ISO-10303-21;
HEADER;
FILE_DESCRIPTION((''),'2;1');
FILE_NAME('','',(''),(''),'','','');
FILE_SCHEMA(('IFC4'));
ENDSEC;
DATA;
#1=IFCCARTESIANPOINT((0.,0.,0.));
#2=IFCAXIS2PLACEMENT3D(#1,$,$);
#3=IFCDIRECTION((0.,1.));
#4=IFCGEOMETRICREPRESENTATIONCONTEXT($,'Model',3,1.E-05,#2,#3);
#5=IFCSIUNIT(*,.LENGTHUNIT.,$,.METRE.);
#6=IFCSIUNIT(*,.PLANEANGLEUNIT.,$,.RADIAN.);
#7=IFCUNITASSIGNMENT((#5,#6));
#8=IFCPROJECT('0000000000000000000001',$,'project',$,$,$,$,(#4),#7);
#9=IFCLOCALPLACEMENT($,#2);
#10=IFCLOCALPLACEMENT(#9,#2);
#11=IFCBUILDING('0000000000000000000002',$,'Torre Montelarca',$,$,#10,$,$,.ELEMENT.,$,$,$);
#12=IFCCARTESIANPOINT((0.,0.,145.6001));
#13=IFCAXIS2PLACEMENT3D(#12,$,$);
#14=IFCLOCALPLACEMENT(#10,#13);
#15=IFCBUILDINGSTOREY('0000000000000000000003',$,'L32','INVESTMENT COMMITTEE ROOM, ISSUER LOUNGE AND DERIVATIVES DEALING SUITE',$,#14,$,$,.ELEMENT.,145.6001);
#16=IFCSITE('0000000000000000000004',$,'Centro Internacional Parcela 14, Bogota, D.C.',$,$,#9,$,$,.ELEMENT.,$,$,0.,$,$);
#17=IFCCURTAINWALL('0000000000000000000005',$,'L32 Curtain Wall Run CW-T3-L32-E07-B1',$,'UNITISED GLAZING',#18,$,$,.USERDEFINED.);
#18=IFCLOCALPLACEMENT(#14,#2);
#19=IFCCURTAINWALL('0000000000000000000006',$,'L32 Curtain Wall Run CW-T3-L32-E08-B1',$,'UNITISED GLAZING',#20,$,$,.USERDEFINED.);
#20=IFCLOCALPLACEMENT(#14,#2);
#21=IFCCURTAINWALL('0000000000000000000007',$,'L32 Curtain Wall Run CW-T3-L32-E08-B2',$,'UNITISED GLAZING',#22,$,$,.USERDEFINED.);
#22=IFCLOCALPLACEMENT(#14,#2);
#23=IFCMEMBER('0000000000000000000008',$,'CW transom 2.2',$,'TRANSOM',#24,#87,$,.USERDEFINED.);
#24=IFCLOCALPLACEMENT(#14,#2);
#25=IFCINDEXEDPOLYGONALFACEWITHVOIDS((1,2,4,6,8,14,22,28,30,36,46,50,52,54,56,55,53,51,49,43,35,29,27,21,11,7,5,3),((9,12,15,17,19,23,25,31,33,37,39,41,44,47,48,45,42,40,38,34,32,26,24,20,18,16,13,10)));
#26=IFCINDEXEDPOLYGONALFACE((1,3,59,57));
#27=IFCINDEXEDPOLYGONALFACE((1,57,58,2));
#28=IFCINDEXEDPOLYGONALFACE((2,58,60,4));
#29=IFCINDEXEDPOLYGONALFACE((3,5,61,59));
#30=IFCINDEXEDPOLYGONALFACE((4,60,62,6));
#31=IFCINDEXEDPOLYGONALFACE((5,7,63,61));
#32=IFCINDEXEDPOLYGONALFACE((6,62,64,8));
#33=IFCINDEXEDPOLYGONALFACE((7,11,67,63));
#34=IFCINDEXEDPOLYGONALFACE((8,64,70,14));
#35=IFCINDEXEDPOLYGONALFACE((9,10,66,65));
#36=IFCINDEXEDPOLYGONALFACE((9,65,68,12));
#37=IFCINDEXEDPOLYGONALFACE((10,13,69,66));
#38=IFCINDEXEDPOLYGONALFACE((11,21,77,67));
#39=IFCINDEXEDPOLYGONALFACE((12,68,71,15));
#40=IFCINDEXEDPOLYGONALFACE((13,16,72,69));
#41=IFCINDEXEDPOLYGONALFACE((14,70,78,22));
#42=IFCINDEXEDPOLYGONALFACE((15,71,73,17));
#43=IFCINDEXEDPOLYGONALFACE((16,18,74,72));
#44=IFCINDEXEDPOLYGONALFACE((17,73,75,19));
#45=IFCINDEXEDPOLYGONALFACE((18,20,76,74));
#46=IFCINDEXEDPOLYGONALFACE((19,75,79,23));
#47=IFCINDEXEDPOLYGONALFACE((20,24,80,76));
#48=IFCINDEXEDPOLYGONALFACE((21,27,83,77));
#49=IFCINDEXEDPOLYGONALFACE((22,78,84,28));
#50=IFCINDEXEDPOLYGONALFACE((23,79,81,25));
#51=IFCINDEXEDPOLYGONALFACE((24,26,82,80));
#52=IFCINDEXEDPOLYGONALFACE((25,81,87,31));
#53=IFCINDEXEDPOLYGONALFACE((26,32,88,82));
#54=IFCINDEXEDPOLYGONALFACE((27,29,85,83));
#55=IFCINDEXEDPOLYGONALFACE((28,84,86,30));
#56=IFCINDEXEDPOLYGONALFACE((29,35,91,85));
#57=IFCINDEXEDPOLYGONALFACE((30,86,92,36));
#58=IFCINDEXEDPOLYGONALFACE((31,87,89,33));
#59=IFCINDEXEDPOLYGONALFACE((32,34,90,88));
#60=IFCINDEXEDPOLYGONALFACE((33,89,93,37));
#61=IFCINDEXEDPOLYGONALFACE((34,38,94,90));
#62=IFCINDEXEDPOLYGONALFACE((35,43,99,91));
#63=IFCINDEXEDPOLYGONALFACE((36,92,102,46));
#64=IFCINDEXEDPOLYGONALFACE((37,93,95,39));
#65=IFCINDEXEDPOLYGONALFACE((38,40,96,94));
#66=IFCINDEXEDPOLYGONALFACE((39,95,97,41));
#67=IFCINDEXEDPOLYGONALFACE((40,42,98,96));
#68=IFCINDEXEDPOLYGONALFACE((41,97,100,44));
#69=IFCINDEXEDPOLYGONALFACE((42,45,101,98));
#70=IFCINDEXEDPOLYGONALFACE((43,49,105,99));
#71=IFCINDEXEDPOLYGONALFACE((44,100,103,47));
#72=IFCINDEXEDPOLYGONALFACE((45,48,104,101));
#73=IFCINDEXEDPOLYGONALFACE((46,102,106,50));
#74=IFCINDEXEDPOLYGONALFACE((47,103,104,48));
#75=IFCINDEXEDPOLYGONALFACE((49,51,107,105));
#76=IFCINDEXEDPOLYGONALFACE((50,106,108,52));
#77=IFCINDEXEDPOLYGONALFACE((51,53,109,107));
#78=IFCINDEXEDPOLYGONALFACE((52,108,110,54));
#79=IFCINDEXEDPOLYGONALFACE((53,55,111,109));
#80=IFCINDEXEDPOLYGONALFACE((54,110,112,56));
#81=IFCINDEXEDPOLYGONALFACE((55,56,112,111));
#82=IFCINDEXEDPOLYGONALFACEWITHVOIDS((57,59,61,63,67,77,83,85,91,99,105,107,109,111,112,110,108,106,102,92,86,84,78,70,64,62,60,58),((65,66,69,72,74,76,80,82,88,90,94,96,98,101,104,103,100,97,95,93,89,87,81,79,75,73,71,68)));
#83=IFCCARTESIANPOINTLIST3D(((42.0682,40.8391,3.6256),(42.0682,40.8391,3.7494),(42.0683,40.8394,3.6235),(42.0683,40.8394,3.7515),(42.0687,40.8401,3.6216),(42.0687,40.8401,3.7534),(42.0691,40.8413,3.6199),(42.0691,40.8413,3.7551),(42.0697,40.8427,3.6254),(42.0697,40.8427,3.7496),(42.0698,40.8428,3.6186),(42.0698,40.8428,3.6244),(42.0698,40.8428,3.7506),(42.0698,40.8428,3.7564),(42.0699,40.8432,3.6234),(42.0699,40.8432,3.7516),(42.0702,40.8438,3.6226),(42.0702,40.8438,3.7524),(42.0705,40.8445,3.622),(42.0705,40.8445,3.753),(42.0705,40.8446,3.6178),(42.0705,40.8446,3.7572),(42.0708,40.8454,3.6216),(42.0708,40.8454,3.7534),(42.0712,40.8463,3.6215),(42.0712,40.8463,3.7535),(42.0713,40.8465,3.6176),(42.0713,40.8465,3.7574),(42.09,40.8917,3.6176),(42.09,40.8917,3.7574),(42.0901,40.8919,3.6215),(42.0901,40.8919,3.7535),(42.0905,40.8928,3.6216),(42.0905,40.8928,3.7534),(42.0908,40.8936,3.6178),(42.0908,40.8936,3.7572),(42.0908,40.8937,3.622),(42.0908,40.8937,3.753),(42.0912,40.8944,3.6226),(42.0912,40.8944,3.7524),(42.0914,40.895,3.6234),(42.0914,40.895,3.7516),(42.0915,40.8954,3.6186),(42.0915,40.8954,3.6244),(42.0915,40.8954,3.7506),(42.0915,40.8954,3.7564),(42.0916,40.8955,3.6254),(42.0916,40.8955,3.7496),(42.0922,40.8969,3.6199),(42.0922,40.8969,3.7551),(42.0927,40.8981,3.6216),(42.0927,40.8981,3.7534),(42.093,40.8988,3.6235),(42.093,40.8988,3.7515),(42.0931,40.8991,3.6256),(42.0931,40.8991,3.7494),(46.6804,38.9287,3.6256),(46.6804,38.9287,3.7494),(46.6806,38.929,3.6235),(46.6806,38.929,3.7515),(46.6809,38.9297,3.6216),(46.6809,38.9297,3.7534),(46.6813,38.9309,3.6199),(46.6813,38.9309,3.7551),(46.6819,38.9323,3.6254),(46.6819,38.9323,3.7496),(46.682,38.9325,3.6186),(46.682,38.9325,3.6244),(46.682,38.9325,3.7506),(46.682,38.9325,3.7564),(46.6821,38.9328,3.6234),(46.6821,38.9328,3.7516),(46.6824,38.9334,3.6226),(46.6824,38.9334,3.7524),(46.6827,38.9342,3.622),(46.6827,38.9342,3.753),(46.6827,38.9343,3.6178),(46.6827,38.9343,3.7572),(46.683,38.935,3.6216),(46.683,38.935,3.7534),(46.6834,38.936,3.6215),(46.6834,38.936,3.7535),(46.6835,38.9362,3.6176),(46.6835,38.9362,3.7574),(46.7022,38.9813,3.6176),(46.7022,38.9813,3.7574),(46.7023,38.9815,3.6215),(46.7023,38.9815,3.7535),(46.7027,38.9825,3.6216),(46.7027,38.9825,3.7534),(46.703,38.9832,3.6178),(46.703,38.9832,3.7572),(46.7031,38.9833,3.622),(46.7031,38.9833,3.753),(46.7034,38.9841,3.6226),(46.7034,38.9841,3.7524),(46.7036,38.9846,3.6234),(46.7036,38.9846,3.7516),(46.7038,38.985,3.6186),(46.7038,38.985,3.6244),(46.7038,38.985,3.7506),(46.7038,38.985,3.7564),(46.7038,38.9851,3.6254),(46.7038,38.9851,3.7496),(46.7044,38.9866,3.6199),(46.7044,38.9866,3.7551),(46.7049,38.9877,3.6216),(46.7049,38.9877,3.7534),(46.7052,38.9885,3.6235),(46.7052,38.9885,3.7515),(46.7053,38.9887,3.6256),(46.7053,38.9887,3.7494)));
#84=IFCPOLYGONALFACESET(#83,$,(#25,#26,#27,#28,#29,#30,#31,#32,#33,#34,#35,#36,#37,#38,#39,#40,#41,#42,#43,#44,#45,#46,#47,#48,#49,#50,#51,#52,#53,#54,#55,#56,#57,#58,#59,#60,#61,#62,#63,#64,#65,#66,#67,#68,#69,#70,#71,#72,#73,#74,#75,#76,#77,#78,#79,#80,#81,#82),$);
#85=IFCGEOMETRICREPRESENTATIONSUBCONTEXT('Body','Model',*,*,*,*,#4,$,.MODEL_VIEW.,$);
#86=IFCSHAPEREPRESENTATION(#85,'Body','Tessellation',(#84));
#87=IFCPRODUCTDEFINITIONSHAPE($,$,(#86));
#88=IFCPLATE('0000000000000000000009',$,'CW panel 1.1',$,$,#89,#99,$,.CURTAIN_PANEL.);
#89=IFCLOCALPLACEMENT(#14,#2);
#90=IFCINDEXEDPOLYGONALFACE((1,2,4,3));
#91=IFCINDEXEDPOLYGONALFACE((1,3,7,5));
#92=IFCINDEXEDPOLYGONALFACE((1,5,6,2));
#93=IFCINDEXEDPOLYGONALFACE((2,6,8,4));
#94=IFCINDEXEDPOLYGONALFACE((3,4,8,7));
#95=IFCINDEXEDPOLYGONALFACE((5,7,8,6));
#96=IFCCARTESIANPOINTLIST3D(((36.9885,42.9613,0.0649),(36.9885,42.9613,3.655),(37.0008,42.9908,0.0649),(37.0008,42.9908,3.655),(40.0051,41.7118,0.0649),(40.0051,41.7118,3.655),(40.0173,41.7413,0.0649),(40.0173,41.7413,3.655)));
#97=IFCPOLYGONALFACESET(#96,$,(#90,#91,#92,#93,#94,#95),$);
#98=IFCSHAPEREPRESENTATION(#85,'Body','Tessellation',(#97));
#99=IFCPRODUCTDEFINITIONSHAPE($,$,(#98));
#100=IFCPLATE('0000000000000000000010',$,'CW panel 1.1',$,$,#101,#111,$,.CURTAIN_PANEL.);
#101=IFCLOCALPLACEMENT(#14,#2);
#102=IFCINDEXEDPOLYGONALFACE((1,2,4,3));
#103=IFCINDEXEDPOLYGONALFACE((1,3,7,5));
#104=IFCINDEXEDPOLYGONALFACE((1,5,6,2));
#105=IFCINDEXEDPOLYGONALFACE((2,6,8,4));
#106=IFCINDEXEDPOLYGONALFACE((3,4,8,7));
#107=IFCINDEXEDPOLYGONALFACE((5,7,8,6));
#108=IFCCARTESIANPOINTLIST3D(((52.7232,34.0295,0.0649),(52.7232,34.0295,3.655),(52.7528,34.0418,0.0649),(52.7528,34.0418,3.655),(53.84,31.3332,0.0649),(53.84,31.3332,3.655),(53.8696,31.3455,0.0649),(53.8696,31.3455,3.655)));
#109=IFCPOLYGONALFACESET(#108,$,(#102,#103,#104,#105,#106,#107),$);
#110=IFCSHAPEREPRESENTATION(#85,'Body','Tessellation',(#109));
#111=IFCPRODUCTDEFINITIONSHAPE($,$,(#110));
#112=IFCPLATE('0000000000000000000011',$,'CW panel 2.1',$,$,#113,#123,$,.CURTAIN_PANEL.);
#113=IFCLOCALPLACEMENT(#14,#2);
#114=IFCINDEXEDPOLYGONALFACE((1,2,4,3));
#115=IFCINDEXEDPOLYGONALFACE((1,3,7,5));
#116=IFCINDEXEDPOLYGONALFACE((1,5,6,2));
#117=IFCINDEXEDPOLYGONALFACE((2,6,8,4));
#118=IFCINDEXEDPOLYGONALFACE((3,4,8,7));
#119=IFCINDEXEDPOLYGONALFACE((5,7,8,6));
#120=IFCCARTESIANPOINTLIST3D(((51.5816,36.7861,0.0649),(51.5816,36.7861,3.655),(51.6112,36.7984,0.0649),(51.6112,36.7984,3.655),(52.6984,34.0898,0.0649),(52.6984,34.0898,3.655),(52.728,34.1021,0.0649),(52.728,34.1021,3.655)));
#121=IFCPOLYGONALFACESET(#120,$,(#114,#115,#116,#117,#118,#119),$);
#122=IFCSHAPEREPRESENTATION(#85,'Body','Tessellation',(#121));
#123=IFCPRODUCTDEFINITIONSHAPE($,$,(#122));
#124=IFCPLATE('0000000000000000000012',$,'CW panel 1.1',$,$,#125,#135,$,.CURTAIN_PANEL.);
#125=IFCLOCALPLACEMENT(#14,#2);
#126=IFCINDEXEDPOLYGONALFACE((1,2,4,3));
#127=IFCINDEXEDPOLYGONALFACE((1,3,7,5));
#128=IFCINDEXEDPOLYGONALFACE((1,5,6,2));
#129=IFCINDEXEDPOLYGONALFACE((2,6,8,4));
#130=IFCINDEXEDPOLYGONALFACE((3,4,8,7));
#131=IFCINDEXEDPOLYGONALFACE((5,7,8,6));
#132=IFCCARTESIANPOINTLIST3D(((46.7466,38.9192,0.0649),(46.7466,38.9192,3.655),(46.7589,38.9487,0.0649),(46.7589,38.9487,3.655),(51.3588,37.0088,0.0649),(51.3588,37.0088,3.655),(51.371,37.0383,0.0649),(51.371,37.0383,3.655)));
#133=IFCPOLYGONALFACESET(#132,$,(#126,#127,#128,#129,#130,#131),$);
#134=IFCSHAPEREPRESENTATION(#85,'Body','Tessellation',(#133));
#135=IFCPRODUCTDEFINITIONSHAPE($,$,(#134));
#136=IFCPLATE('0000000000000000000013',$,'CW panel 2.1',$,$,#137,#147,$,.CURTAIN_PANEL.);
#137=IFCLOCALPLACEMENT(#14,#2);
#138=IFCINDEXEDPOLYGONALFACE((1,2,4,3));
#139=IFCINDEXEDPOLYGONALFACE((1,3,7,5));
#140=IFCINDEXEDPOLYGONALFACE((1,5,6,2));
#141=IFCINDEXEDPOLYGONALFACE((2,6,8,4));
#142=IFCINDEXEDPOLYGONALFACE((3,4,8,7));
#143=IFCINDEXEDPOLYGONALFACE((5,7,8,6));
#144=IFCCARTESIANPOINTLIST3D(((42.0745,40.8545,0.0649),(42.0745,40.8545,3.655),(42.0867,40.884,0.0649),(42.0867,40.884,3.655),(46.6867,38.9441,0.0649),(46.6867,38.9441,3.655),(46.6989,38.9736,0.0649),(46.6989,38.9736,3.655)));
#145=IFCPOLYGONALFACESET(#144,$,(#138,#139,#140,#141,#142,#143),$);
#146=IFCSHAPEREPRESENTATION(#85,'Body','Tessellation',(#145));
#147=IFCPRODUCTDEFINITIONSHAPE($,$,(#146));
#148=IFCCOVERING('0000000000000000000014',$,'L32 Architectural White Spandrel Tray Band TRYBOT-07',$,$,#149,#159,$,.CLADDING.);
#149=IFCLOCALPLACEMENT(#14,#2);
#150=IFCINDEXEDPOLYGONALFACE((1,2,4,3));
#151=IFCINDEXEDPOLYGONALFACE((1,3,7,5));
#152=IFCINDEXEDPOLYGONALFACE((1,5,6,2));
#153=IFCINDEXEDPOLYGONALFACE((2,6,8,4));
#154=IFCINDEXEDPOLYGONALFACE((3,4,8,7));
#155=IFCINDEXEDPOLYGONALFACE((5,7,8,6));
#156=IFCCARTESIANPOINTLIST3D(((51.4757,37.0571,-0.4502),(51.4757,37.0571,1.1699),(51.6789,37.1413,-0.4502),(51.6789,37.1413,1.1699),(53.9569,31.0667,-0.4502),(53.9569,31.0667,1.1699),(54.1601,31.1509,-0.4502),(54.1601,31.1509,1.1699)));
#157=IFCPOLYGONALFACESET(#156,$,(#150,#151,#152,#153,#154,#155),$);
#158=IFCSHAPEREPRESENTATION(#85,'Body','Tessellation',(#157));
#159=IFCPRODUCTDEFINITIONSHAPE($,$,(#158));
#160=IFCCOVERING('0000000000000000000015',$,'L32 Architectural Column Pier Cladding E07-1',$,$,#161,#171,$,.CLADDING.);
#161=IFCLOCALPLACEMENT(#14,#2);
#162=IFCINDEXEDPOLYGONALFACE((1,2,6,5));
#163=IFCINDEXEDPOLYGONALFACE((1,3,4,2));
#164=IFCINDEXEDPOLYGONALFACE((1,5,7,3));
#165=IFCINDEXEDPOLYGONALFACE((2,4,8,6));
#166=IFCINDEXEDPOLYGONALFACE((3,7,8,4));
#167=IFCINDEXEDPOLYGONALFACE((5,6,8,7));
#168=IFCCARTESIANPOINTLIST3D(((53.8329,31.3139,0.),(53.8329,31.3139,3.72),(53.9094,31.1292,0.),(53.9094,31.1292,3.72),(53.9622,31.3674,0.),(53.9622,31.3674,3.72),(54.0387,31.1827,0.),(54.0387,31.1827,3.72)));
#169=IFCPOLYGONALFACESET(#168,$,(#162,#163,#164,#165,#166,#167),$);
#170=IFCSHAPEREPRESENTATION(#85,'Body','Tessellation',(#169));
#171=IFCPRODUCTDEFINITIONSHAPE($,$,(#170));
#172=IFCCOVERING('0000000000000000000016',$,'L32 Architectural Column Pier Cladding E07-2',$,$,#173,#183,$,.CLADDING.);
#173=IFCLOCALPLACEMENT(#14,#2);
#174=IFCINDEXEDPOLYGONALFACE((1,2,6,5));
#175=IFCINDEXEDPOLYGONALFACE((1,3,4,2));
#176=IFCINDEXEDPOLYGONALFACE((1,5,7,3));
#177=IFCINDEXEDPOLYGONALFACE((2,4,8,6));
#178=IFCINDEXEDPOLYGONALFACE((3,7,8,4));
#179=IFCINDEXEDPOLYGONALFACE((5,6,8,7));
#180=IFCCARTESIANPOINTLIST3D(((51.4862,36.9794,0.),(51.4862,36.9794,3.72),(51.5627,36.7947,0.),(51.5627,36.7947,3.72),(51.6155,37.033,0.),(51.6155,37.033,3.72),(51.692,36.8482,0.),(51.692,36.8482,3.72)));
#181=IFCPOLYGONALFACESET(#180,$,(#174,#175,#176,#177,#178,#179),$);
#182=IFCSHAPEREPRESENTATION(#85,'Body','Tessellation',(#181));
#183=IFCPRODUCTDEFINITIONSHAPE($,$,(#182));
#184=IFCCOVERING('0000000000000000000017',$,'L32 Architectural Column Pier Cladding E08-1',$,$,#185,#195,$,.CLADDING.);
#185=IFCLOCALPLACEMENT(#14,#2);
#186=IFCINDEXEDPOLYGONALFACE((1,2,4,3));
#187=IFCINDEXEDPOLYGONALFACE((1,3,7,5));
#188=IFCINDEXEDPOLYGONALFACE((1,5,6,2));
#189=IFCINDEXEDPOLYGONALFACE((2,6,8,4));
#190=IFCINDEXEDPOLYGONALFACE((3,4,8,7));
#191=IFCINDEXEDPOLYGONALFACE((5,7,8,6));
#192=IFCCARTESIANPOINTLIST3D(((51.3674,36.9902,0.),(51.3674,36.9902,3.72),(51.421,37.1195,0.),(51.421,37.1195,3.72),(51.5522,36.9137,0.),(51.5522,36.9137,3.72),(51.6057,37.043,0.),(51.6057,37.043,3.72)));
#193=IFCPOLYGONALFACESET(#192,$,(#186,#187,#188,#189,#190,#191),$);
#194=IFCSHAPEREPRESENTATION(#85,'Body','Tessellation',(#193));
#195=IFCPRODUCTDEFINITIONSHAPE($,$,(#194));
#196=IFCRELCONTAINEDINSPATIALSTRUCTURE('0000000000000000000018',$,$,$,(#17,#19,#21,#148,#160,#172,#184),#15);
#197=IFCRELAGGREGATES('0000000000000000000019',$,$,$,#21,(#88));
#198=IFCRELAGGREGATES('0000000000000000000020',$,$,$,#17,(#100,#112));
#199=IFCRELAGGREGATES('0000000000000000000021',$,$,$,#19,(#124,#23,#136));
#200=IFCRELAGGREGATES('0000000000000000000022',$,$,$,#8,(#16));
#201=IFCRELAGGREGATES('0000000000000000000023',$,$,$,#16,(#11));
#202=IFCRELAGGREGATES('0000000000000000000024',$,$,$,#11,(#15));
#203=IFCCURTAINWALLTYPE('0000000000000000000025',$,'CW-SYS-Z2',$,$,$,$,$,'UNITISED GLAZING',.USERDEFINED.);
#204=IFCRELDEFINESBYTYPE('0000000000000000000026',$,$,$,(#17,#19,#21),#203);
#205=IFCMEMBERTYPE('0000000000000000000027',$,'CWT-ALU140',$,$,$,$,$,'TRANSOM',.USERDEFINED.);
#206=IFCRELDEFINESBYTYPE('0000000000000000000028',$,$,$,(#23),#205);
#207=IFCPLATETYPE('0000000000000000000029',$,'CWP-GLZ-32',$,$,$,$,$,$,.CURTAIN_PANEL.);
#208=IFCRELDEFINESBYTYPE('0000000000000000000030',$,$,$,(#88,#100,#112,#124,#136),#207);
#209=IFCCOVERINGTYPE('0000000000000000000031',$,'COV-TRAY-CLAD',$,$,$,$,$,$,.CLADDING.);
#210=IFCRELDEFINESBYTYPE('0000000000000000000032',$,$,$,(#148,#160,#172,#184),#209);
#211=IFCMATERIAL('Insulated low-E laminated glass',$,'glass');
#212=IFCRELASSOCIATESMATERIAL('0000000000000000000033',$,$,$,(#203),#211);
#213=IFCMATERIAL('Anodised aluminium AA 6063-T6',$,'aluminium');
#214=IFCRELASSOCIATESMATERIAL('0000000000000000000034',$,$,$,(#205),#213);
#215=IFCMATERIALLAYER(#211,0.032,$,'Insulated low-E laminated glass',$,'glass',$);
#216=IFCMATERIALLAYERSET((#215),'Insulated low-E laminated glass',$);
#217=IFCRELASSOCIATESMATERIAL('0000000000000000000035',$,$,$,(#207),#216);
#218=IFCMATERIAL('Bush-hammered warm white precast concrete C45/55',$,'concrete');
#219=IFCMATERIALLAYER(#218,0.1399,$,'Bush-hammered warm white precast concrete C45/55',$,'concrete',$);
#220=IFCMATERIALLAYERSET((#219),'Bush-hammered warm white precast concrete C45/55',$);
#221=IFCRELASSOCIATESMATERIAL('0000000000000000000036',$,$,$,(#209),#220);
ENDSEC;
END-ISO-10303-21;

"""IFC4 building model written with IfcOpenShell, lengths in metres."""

from ifc_helpers import new_model, si_unit, direction, frame, origin, origin_2d, place, context, subcontext, project, spatial, rectangle, hollow_rectangle, extrude, source, transform, mapped, material, layer, layer_set, material_profile, profile_set, type_object, element, aggregate, save


model = new_model("IFC4")

# Units and contexts
model_context = context("Model", 3, precision=1e-05, world=origin(), true_north=direction((0.0, 1.0)))
body_context = subcontext(model_context, "Body", "Model", "MODEL_VIEW")
ifc_project = project(units=[si_unit("LENGTHUNIT", "METRE"), si_unit("PLANEANGLEUNIT", "RADIAN")], contexts=[model_context])

# Site, building, storey
site_placement = place(None, origin())
site = spatial("IfcSite", under=ifc_project, at=site_placement, Name="Centro Internacional Parcela 14, Bogota, D.C.", CompositionType="ELEMENT", RefElevation=0.0)
building_placement = place(site_placement, origin())
building = spatial("IfcBuilding", under=site, at=building_placement, Name="Torre Montelarca", CompositionType="ELEMENT")
storey_placement = place(building_placement, frame((0.0, 0.0, 145.6001)))
storey = spatial("IfcBuildingStorey", under=building, at=storey_placement, Name="L32", Description="INVESTMENT COMMITTEE ROOM, ISSUER LOUNGE AND DERIVATIVES DEALING SUITE", CompositionType="ELEMENT", Elevation=145.6001)

# Curtain walls
ifc_material_1 = material(Name="Insulated low-E laminated glass", Category="glass")
curtain_wall_type = type_object("IfcCurtainWallType", Name="CW-SYS-Z2", ElementType="UNITISED GLAZING", PredefinedType="USERDEFINED", material=ifc_material_1)
curtain_wall_1_placement = place(storey_placement, origin())
curtain_wall_1 = element("IfcCurtainWall", 1, at=curtain_wall_1_placement, inside=storey, type_object=curtain_wall_type, Name="L32 Curtain Wall Run CW-T3-L32-E07-B1", ObjectType="UNITISED GLAZING", PredefinedType="USERDEFINED")
ifc_material_2 = material(Name="Anodised aluminium AA 6063-T6", Category="aluminium")
ifc_material_profile_1 = material_profile(ifc_material_2, hollow_rectangle(XDim=0.0649, YDim=0.1399, WallThickness=0.0039, InnerFilletRadius=0.0039, OuterFilletRadius=0.0081, at=origin_2d()), Name="ALU65X140X4", Category="aluminium")
ifc_profile_set_1 = profile_set([ifc_material_profile_1], Name="Anodised aluminium AA 6063-T6")
member_type_1 = type_object("IfcMemberType", Name="CWT-ALU140", ElementType="TRANSOM", PredefinedType="USERDEFINED", material=ifc_profile_set_1)
curtain_wall_2_placement = place(storey_placement, origin())
curtain_wall_2 = element("IfcCurtainWall", 2, at=curtain_wall_2_placement, inside=storey, type_object=curtain_wall_type, Name="L32 Curtain Wall Run CW-T3-L32-E08-B1", ObjectType="UNITISED GLAZING", PredefinedType="USERDEFINED")

# Curtain wall
curtain_wall_3_placement = place(storey_placement, origin())
curtain_wall_3 = element("IfcCurtainWall", 3, at=curtain_wall_3_placement, inside=storey, type_object=curtain_wall_type, Name="L32 Curtain Wall Run CW-T3-L32-E08-B2", ObjectType="UNITISED GLAZING", PredefinedType="USERDEFINED")

# Member
shared_shape_1 = source(origin(), body_context, "Body", "SweptSolid", [
    extrude(hollow_rectangle(XDim=0.0649, YDim=0.1399, WallThickness=0.0039, InnerFilletRadius=0.0039, OuterFilletRadius=0.0081, at=origin_2d()), origin(), (0.0, 0.0, 1.0), 4.9922),
])
member_1_placement = place(storey_placement, frame((46.6929, 38.9587, 3.6875), z_axis=(-0.923885, 0.38267, 0.0), x_axis=(-0.38267, -0.923885, 0.0)))
member_1 = element("IfcMember", 4, at=member_1_placement, type_object=member_type_1, Name="CW transom 2.2", ObjectType="TRANSOM", PredefinedType="USERDEFINED", context=body_context, shape_type="MappedRepresentation", body=[
    mapped(shared_shape_1, transform((0.0, 0.0, 0.0), scale=1.0)),
])

# Plates
ifc_layer_1 = layer(ifc_material_1, 0.032, Name="Insulated low-E laminated glass", Category="glass")
ifc_layer_set_1 = layer_set([ifc_layer_1], Name="Insulated low-E laminated glass")
plate_type = type_object("IfcPlateType", Name="CWP-GLZ-32", PredefinedType="CURTAIN_PANEL", material=ifc_layer_set_1)
shared_shape_2 = source(origin(), body_context, "Body", "SweptSolid", [
    extrude(rectangle(XDim=3.2651, YDim=0.032, at=origin_2d()), origin(), (0.0, 0.0, 1.0), 3.5901),
])
plate_1_placement = place(storey_placement, frame((38.5029, 42.3513, 0.0649), z_axis=(0.0, 0.0, 1.0), x_axis=(-0.92388, 0.382681, 0.0)))
plate_1 = element("IfcPlate", 5, at=plate_1_placement, type_object=plate_type, Name="CW panel 1.1", PredefinedType="CURTAIN_PANEL", context=body_context, shape_type="MappedRepresentation", body=[
    mapped(shared_shape_2, transform((0.0, 0.0, 0.0), scale=1.0)),
])
aggregate(curtain_wall_3, [plate_1])
shared_shape_3 = source(origin(), body_context, "Body", "SweptSolid", [
    extrude(rectangle(XDim=2.9185, YDim=0.032, at=origin_2d()), origin(), (0.0, 0.0, 1.0), 3.5901),
])
plate_2_placement = place(storey_placement, frame((53.2964, 32.6875, 0.0649), z_axis=(0.0, 0.0, 1.0), x_axis=(-0.382668, 0.923886, 0.0)))
plate_2 = element("IfcPlate", 6, at=plate_2_placement, type_object=plate_type, Name="CW panel 1.1", PredefinedType="CURTAIN_PANEL", context=body_context, shape_type="MappedRepresentation", body=[
    mapped(shared_shape_3, transform((0.0, 0.0, 0.0), scale=1.0)),
])
plate_3_placement = place(storey_placement, frame((52.1548, 35.4441, 0.0649), z_axis=(0.0, 0.0, 1.0), x_axis=(-0.382668, 0.923886, 0.0)))
plate_3 = element("IfcPlate", 7, at=plate_3_placement, type_object=plate_type, Name="CW panel 2.1", PredefinedType="CURTAIN_PANEL", context=body_context, shape_type="MappedRepresentation", body=[
    mapped(shared_shape_3, transform((0.0, 0.0, 0.0), scale=1.0)),
])
aggregate(curtain_wall_1, [plate_2, plate_3])
shared_shape_4 = source(origin(), body_context, "Body", "SweptSolid", [
    extrude(rectangle(XDim=4.9922, YDim=0.032, at=origin_2d()), origin(), (0.0, 0.0, 1.0), 3.5901),
])
plate_4_placement = place(storey_placement, frame((49.0588, 37.9788, 0.0649), z_axis=(0.0, 0.0, 1.0), x_axis=(-0.923881, 0.382681, 0.0)))
plate_4 = element("IfcPlate", 8, at=plate_4_placement, type_object=plate_type, Name="CW panel 1.1", PredefinedType="CURTAIN_PANEL", context=body_context, shape_type="MappedRepresentation", body=[
    mapped(shared_shape_4, transform((0.0, 0.0, 0.0), scale=1.0)),
])
plate_5_placement = place(storey_placement, frame((44.3867, 39.9141, 0.0649), z_axis=(0.0, 0.0, 1.0), x_axis=(-0.923881, 0.382681, 0.0)))
plate_5 = element("IfcPlate", 9, at=plate_5_placement, type_object=plate_type, Name="CW panel 2.1", PredefinedType="CURTAIN_PANEL", context=body_context, shape_type="MappedRepresentation", body=[
    mapped(shared_shape_4, transform((0.0, 0.0, 0.0), scale=1.0)),
])
aggregate(curtain_wall_2, [plate_4, member_1, plate_5])

# Coverings
ifc_material_3 = material(Name="Bush-hammered warm white precast concrete C45/55", Category="concrete")
ifc_layer_2 = layer(ifc_material_3, 0.1399, Name="Bush-hammered warm white precast concrete C45/55", Category="concrete")
ifc_layer_set_2 = layer_set([ifc_layer_2], Name="Bush-hammered warm white precast concrete C45/55")
covering_type = type_object("IfcCoveringType", Name="COV-TRAY-CLAD", PredefinedType="CLADDING", material=ifc_layer_set_2)
shared_shape_5 = source(origin(), body_context, "Body", "SweptSolid", [
    extrude(rectangle(XDim=6.4839, YDim=0.22, at=origin_2d()), origin(), (0.0, 0.0, 1.0), 1.6201),
])
covering_1_placement = place(storey_placement, frame((52.8179, 34.104, -0.4502), z_axis=(0.0, 0.0, 1.0), x_axis=(-0.382674, 0.923884, 0.0)))
element("IfcCovering", 10, at=covering_1_placement, inside=storey, type_object=covering_type, Name="L32 Architectural White Spandrel Tray Band TRYBOT-07", PredefinedType="CLADDING", context=body_context, shape_type="MappedRepresentation", body=[
    mapped(shared_shape_5, transform((0.0, 0.0, 0.0), scale=1.0)),
])
shared_shape_6 = source(origin(), body_context, "Body", "SweptSolid", [
    extrude(rectangle(XDim=0.2, YDim=0.1399, at=origin_2d()), origin(), (0.0, 0.0, 1.0), 3.72),
])
for number, where, z_axis, x_axis, name in (
    (11, (53.9358, 31.2483, 0.0), (0.0, 0.0, 1.0), (-0.382675, 0.923883, 0.0), "L32 Architectural Column Pier Cladding E07-1"),
    (12, (51.5891, 36.9138, 0.0), (0.0, 0.0, 1.0), (-0.382675, 0.923883, 0.0), "L32 Architectural Column Pier Cladding E07-2"),
    (13, (51.4866, 37.0166, 0.0), (0.0, 0.0, 1.0), (-0.923879, 0.382685, 0.0), "L32 Architectural Column Pier Cladding E08-1"),
):
    element("IfcCovering", number, at=place(storey_placement, frame(where, z_axis=z_axis, x_axis=x_axis)), inside=storey, type_object=covering_type, Name=name, PredefinedType="CLADDING", context=body_context, shape_type="MappedRepresentation", body=[
        mapped(shared_shape_6, transform((0.0, 0.0, 0.0), scale=1.0)),
    ])

save(model, "model.ifc")
